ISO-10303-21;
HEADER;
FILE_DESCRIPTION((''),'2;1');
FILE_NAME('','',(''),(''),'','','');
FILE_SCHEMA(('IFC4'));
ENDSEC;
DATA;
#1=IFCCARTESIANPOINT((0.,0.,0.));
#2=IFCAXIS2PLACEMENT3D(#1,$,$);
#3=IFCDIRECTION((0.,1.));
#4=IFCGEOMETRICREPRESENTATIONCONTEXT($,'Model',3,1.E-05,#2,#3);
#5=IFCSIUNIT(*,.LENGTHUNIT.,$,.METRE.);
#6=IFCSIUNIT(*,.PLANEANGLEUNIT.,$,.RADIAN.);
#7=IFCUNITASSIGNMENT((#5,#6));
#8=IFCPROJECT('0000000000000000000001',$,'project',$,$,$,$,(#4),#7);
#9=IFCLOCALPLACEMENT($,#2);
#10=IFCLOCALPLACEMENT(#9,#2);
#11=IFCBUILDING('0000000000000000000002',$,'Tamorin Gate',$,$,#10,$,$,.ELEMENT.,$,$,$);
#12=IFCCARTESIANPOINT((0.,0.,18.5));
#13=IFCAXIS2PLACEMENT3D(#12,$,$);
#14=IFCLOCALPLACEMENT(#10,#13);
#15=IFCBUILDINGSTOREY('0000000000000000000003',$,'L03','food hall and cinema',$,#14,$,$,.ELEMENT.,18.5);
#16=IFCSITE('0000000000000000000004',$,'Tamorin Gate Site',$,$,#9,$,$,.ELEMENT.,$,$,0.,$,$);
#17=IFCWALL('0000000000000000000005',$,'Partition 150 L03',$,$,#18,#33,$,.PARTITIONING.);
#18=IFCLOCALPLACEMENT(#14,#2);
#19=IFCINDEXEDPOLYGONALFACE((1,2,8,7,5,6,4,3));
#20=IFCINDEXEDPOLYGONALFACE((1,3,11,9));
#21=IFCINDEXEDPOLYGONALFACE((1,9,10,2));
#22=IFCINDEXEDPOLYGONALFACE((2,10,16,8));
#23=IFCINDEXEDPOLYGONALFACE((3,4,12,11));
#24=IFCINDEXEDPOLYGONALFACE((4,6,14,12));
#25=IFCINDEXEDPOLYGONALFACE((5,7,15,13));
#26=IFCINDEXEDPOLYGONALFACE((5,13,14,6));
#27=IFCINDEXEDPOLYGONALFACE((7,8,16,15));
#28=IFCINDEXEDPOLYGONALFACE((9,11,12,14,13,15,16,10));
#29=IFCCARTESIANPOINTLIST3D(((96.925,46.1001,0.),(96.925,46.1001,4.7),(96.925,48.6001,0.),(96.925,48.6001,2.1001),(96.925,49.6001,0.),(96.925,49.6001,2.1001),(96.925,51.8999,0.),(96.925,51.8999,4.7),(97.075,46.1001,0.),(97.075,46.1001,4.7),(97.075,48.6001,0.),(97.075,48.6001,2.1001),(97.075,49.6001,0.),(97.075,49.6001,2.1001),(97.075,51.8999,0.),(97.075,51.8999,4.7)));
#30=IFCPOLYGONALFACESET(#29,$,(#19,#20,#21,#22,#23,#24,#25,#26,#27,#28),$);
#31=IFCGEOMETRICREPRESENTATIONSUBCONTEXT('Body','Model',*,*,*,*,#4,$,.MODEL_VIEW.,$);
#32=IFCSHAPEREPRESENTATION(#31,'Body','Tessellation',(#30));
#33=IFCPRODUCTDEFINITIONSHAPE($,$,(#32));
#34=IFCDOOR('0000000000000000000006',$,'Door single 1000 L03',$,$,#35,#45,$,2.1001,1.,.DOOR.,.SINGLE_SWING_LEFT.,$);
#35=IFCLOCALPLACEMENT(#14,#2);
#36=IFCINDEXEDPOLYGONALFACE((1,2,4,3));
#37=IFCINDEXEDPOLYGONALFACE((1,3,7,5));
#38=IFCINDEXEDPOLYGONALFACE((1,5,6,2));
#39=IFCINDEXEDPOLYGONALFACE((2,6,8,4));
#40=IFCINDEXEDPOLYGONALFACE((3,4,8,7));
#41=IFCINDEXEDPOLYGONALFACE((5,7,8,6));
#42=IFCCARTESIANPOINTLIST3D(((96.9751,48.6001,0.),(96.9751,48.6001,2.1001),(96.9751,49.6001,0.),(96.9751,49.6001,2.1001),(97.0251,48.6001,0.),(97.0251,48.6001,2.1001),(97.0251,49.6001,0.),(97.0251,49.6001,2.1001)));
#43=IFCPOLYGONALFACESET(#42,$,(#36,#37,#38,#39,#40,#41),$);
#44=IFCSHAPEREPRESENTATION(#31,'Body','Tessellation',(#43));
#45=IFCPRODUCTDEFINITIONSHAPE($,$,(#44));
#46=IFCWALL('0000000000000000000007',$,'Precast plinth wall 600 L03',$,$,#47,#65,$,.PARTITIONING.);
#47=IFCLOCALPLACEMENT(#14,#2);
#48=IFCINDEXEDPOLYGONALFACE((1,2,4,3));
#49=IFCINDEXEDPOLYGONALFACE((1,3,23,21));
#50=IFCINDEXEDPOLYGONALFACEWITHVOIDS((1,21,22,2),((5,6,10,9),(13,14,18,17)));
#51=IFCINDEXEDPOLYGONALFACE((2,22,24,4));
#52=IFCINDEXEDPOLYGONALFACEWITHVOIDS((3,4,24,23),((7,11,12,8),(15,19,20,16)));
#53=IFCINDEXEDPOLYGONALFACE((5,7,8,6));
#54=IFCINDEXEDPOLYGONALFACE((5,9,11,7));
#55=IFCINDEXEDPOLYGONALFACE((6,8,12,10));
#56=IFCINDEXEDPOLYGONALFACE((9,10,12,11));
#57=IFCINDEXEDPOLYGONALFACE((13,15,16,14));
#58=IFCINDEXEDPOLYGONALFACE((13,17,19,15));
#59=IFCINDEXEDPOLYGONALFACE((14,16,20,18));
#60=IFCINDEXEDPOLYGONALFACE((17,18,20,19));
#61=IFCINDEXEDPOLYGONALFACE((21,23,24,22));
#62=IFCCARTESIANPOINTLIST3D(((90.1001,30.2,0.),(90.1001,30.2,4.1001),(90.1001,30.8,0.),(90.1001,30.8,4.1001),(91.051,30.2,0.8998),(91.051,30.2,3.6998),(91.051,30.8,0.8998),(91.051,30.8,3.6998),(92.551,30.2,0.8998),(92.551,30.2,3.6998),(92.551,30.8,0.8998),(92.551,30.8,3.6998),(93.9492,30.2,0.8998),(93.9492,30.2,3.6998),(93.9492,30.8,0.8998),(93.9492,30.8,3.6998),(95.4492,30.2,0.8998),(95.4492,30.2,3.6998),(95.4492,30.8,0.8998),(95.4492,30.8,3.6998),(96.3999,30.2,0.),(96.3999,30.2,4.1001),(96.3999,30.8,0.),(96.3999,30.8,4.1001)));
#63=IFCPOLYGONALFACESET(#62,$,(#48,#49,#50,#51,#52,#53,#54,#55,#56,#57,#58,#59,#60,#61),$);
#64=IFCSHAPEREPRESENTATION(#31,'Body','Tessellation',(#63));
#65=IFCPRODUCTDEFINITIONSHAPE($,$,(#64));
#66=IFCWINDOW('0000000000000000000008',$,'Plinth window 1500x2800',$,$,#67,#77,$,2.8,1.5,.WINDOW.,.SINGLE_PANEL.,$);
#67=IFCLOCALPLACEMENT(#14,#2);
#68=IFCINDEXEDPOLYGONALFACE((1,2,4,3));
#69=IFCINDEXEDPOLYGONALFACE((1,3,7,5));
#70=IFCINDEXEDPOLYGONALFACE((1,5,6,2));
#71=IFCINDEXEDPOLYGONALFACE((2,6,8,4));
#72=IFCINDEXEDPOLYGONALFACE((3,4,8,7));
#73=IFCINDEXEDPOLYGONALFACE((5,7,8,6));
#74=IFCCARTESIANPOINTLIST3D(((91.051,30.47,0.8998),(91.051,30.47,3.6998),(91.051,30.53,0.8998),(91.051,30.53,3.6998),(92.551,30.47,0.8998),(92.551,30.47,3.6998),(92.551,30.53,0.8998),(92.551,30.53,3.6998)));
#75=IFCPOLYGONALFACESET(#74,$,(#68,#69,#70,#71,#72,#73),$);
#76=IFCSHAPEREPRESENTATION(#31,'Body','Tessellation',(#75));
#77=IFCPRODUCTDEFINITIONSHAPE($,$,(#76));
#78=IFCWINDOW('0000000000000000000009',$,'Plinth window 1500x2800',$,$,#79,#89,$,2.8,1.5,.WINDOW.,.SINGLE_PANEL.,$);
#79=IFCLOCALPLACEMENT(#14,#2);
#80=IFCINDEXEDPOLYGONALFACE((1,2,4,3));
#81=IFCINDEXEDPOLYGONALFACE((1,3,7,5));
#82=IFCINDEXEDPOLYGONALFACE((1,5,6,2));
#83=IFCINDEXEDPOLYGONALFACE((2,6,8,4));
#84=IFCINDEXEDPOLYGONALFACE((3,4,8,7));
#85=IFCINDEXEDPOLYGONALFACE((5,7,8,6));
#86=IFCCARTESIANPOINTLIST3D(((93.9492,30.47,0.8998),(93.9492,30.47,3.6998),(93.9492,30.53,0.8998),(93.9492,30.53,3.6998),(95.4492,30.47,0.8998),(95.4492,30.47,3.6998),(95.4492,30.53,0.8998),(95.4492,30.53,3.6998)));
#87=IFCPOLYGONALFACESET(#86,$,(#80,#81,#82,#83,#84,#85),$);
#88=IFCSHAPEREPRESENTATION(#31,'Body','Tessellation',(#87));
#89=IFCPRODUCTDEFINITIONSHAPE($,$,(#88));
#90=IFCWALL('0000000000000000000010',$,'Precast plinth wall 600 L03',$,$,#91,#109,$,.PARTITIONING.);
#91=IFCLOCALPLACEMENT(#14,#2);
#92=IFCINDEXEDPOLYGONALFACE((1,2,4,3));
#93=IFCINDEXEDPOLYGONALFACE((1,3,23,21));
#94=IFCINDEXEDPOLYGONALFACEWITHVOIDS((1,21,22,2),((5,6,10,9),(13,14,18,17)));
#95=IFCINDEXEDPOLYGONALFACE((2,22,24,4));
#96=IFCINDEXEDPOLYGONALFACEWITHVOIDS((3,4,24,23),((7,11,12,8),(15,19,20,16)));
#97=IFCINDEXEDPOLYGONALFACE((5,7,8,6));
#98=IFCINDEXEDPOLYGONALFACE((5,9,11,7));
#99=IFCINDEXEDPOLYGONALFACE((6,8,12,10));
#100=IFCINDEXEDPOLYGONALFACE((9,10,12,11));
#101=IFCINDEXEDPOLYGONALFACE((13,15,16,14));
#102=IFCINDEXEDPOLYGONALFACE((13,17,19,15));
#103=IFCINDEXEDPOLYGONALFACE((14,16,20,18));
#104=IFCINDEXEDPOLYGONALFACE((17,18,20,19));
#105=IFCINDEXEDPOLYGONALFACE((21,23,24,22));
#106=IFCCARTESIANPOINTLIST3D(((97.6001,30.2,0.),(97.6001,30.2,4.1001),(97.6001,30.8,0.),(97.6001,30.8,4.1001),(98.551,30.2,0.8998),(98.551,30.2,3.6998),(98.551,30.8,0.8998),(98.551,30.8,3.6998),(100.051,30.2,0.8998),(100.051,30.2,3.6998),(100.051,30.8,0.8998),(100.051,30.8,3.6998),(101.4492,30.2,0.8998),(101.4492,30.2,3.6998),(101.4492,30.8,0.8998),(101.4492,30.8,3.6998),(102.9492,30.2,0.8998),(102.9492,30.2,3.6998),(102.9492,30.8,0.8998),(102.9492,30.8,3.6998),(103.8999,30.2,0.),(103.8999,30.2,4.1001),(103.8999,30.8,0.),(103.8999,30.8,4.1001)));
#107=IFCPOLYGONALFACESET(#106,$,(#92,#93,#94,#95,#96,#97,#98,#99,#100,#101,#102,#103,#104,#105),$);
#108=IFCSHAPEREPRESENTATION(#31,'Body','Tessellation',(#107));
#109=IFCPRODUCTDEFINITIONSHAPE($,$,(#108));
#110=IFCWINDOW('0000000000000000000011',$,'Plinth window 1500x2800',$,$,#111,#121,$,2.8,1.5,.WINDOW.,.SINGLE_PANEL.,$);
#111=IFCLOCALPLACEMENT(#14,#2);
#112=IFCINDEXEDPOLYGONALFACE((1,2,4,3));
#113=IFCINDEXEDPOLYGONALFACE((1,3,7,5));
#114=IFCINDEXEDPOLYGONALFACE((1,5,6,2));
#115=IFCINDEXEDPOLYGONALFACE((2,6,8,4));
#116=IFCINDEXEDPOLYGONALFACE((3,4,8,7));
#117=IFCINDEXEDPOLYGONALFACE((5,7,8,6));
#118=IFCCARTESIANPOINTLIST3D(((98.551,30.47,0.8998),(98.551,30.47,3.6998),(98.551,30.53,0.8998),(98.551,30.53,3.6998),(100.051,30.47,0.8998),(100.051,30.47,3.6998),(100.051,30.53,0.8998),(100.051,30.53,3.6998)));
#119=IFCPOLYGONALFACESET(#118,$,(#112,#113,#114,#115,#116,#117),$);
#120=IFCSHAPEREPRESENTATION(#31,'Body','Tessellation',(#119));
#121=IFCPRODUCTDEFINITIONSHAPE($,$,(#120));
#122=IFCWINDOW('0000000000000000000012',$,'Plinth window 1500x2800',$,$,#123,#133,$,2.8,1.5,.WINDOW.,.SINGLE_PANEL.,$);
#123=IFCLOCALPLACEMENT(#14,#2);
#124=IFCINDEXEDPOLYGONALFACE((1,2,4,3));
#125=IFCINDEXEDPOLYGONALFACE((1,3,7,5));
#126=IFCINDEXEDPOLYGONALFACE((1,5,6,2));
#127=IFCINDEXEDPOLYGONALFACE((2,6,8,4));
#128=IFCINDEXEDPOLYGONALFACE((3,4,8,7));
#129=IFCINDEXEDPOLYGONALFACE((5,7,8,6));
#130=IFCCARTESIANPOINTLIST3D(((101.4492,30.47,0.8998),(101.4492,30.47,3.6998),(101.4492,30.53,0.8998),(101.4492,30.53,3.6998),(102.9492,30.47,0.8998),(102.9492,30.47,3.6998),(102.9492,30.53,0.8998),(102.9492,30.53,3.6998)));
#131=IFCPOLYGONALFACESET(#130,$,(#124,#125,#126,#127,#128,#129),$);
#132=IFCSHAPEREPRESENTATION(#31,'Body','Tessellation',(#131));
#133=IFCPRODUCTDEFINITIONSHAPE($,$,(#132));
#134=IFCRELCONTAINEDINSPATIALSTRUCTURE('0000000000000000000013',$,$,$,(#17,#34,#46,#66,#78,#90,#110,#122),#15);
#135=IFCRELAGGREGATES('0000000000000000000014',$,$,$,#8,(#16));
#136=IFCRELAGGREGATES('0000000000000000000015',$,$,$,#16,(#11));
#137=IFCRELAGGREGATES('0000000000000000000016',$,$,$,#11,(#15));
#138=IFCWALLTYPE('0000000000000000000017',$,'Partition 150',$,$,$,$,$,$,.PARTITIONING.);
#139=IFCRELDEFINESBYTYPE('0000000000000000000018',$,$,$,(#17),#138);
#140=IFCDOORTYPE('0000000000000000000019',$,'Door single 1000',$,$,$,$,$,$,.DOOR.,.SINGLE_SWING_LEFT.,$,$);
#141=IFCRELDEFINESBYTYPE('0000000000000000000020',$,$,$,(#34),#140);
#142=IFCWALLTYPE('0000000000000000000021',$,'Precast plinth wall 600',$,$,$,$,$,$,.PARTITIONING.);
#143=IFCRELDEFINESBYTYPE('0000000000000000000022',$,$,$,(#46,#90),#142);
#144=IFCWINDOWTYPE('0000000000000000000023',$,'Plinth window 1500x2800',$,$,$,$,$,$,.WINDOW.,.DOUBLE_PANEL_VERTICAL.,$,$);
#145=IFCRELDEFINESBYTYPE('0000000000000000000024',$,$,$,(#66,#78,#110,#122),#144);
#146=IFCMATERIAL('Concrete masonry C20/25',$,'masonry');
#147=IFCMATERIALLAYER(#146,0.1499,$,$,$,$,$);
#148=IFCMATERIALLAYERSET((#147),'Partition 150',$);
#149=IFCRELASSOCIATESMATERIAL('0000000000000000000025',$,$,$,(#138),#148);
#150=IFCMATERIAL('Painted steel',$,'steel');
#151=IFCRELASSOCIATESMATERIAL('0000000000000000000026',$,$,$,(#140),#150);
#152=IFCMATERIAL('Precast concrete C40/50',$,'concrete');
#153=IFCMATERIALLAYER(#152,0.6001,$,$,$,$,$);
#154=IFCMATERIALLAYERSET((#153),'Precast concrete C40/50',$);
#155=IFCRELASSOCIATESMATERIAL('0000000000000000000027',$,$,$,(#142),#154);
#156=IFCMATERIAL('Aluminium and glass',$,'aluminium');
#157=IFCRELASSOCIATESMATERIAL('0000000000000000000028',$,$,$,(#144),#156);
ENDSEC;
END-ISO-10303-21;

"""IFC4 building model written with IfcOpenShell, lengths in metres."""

from ifc_helpers import new_model, si_unit, direction, frame, frame_2d, origin, place, context, subcontext, project, spatial, rectangle, extrude, material, layer, layer_set, type_object, element, fill, save


model = new_model("IFC4")

# Units and contexts
model_context = context("Model", 3, precision=1e-05, world=origin(), true_north=direction((0.0, 1.0)))
body_context = subcontext(model_context, "Body", "Model", "MODEL_VIEW")
ifc_project = project(units=[si_unit("LENGTHUNIT", "METRE"), si_unit("PLANEANGLEUNIT", "RADIAN")], contexts=[model_context])

# Site, building, storey
site_placement = place(None, origin())
site = spatial("IfcSite", under=ifc_project, at=site_placement, Name="Tamorin Gate Site", CompositionType="ELEMENT", RefElevation=0.0)
building_placement = place(site_placement, origin())
building = spatial("IfcBuilding", under=site, at=building_placement, Name="Tamorin Gate", CompositionType="ELEMENT")
storey_placement = place(building_placement, frame((0.0, 0.0, 18.5)))
storey = spatial("IfcBuildingStorey", under=building, at=storey_placement, Name="L03", Description="food hall and cinema", CompositionType="ELEMENT", Elevation=18.5)

# Shared definitions
ifc_material_1 = material(Name="Concrete masonry C20/25", Category="masonry")
ifc_layer_1 = layer(ifc_material_1, 0.1499)
ifc_layer_set_1 = layer_set([ifc_layer_1], Name="Partition 150")
wall_type_1 = type_object("IfcWallType", Name="Partition 150", PredefinedType="PARTITIONING", material=ifc_layer_set_1)

# Wall, opening, door
wall_1_placement = place(storey_placement, frame((97.0, 46.1001, 0.0), z_axis=(0.0, 0.0, 1.0), x_axis=(0.0, 1.0, 0.0)))
wall_1 = element("IfcWall", 1, at=wall_1_placement, inside=storey, type_object=wall_type_1, Name="Partition 150 L03", PredefinedType="PARTITIONING", context=body_context, shape_type="SweptSolid", body=[
    extrude(rectangle(XDim=5.7998, YDim=0.1499, at=frame_2d((2.8999, 0.0))), origin(), (0.0, 0.0, 1.0), 4.7),
])
opening_1_placement = place(wall_1_placement, frame((2.5, 0.0, 0.0)))
opening_1 = element("IfcOpeningElement", 2, at=opening_1_placement, cuts=wall_1, PredefinedType="OPENING", context=body_context, shape_type="SweptSolid", body=[
    extrude(rectangle(XDim=1.0, YDim=2.1001, at=frame_2d((0.5, 1.05))), frame((0.0, 0.085, 0.0), z_axis=(0.0, -1.0, 0.0), x_axis=(1.0, 0.0, 0.0)), (0.0, 0.0, 1.0), 0.1699),
])
ifc_material_2 = material(Name="Painted steel", Category="steel")
door_type_1 = type_object("IfcDoorType", Name="Door single 1000", OperationType="SINGLE_SWING_LEFT", PredefinedType="DOOR", material=ifc_material_2)
door_1_placement = place(opening_1_placement, origin())
door_1 = element("IfcDoor", 3, at=door_1_placement, inside=storey, type_object=door_type_1, Name="Door single 1000 L03", OperationType="SINGLE_SWING_LEFT", OverallHeight=2.1001, OverallWidth=1.0, PredefinedType="DOOR", context=body_context, shape_type="SweptSolid", body=[
    extrude(rectangle(XDim=1.0, YDim=2.1001, at=frame_2d((0.5, 1.05))), frame((0.0, 0.0249, 0.0), z_axis=(0.0, -1.0, 0.0), x_axis=(1.0, 0.0, 0.0)), (0.0, 0.0, 1.0), 0.05),
])
fill(opening_1, door_1)

# Walls, openings, windows
ifc_material_3 = material(Name="Precast concrete C40/50", Category="concrete")
ifc_layer_2 = layer(ifc_material_3, 0.6001)
ifc_layer_set_2 = layer_set([ifc_layer_2], Name="Precast concrete C40/50")
wall_type_2 = type_object("IfcWallType", Name="Precast plinth wall 600", PredefinedType="PARTITIONING", material=ifc_layer_set_2)
wall_2_placement = place(storey_placement, frame((90.1001, 30.5, 0.0), z_axis=(0.0, 0.0, 1.0), x_axis=(1.0, 0.0, 0.0)))
wall_2 = element("IfcWall", 4, at=wall_2_placement, inside=storey, type_object=wall_type_2, Name="Precast plinth wall 600 L03", PredefinedType="PARTITIONING", context=body_context, shape_type="SweptSolid", body=[
    extrude(rectangle(XDim=6.2998, YDim=0.6001, at=frame_2d((3.1499, 0.0))), origin(), (0.0, 0.0, 1.0), 4.1001),
])
opening_2_placement = place(wall_2_placement, frame((0.9509, 0.0, 0.8999)))
opening_2 = element("IfcOpeningElement", 5, at=opening_2_placement, cuts=wall_2, PredefinedType="OPENING", context=body_context, shape_type="SweptSolid", body=[
    extrude(rectangle(XDim=1.5, YDim=2.8, at=frame_2d((0.75, 1.3999))), frame((0.0, 0.3101, 0.0), z_axis=(0.0, -1.0, 0.0), x_axis=(1.0, 0.0, 0.0)), (0.0, 0.0, 1.0), 0.6201),
])
opening_3_placement = place(wall_2_placement, frame((3.8491, 0.0, 0.8999)))
opening_3 = element("IfcOpeningElement", 6, at=opening_3_placement, cuts=wall_2, PredefinedType="OPENING", context=body_context, shape_type="SweptSolid", body=[
    extrude(rectangle(XDim=1.5, YDim=2.8, at=frame_2d((0.75, 1.3999))), frame((0.0, 0.3101, 0.0), z_axis=(0.0, -1.0, 0.0), x_axis=(1.0, 0.0, 0.0)), (0.0, 0.0, 1.0), 0.6201),
])
ifc_material_4 = material(Name="Aluminium and glass", Category="aluminium")
window_type = type_object("IfcWindowType", Name="Plinth window 1500x2800", PartitioningType="DOUBLE_PANEL_VERTICAL", PredefinedType="WINDOW", material=ifc_material_4)
window_1_placement = place(opening_2_placement, origin())
window_1 = element("IfcWindow", 7, at=window_1_placement, inside=storey, type_object=window_type, Name="Plinth window 1500x2800", OverallHeight=2.8, OverallWidth=1.5, PartitioningType="SINGLE_PANEL", PredefinedType="WINDOW", context=body_context, shape_type="SweptSolid", body=[
    extrude(rectangle(XDim=1.5, YDim=2.8, at=frame_2d((0.75, 1.3999))), frame((0.0, 0.03, 0.0), z_axis=(0.0, -1.0, 0.0), x_axis=(1.0, 0.0, 0.0)), (0.0, 0.0, 1.0), 0.0601),
])
fill(opening_2, window_1)
window_2_placement = place(opening_3_placement, origin())
window_2 = element("IfcWindow", 8, at=window_2_placement, inside=storey, type_object=window_type, Name="Plinth window 1500x2800", OverallHeight=2.8, OverallWidth=1.5, PartitioningType="SINGLE_PANEL", PredefinedType="WINDOW", context=body_context, shape_type="SweptSolid", body=[
    extrude(rectangle(XDim=1.5, YDim=2.8, at=frame_2d((0.75, 1.3999))), frame((0.0, 0.03, 0.0), z_axis=(0.0, -1.0, 0.0), x_axis=(1.0, 0.0, 0.0)), (0.0, 0.0, 1.0), 0.0601),
])
fill(opening_3, window_2)
wall_3_placement = place(storey_placement, frame((97.6001, 30.5, 0.0), z_axis=(0.0, 0.0, 1.0), x_axis=(1.0, 0.0, 0.0)))
wall_3 = element("IfcWall", 9, at=wall_3_placement, inside=storey, type_object=wall_type_2, Name="Precast plinth wall 600 L03", PredefinedType="PARTITIONING", context=body_context, shape_type="SweptSolid", body=[
    extrude(rectangle(XDim=6.2998, YDim=0.6001, at=frame_2d((3.1499, 0.0))), origin(), (0.0, 0.0, 1.0), 4.1001),
])
opening_4_placement = place(wall_3_placement, frame((0.9509, 0.0, 0.8999)))
opening_4 = element("IfcOpeningElement", 10, at=opening_4_placement, cuts=wall_3, PredefinedType="OPENING", context=body_context, shape_type="SweptSolid", body=[
    extrude(rectangle(XDim=1.5, YDim=2.8, at=frame_2d((0.75, 1.3999))), frame((0.0, 0.3101, 0.0), z_axis=(0.0, -1.0, 0.0), x_axis=(1.0, 0.0, 0.0)), (0.0, 0.0, 1.0), 0.6201),
])
opening_5_placement = place(wall_3_placement, frame((3.8491, 0.0, 0.8999)))
opening_5 = element("IfcOpeningElement", 11, at=opening_5_placement, cuts=wall_3, PredefinedType="OPENING", context=body_context, shape_type="SweptSolid", body=[
    extrude(rectangle(XDim=1.5, YDim=2.8, at=frame_2d((0.75, 1.3999))), frame((0.0, 0.3101, 0.0), z_axis=(0.0, -1.0, 0.0), x_axis=(1.0, 0.0, 0.0)), (0.0, 0.0, 1.0), 0.6201),
])
window_3_placement = place(opening_4_placement, origin())
window_3 = element("IfcWindow", 12, at=window_3_placement, inside=storey, type_object=window_type, Name="Plinth window 1500x2800", OverallHeight=2.8, OverallWidth=1.5, PartitioningType="SINGLE_PANEL", PredefinedType="WINDOW", context=body_context, shape_type="SweptSolid", body=[
    extrude(rectangle(XDim=1.5, YDim=2.8, at=frame_2d((0.75, 1.3999))), frame((0.0, 0.03, 0.0), z_axis=(0.0, -1.0, 0.0), x_axis=(1.0, 0.0, 0.0)), (0.0, 0.0, 1.0), 0.0601),
])
fill(opening_4, window_3)
window_4_placement = place(opening_5_placement, origin())
window_4 = element("IfcWindow", 13, at=window_4_placement, inside=storey, type_object=window_type, Name="Plinth window 1500x2800", OverallHeight=2.8, OverallWidth=1.5, PartitioningType="SINGLE_PANEL", PredefinedType="WINDOW", context=body_context, shape_type="SweptSolid", body=[
    extrude(rectangle(XDim=1.5, YDim=2.8, at=frame_2d((0.75, 1.3999))), frame((0.0, 0.03, 0.0), z_axis=(0.0, -1.0, 0.0), x_axis=(1.0, 0.0, 0.0)), (0.0, 0.0, 1.0), 0.0601),
])
fill(opening_5, window_4)

save(model, "model.ifc")
